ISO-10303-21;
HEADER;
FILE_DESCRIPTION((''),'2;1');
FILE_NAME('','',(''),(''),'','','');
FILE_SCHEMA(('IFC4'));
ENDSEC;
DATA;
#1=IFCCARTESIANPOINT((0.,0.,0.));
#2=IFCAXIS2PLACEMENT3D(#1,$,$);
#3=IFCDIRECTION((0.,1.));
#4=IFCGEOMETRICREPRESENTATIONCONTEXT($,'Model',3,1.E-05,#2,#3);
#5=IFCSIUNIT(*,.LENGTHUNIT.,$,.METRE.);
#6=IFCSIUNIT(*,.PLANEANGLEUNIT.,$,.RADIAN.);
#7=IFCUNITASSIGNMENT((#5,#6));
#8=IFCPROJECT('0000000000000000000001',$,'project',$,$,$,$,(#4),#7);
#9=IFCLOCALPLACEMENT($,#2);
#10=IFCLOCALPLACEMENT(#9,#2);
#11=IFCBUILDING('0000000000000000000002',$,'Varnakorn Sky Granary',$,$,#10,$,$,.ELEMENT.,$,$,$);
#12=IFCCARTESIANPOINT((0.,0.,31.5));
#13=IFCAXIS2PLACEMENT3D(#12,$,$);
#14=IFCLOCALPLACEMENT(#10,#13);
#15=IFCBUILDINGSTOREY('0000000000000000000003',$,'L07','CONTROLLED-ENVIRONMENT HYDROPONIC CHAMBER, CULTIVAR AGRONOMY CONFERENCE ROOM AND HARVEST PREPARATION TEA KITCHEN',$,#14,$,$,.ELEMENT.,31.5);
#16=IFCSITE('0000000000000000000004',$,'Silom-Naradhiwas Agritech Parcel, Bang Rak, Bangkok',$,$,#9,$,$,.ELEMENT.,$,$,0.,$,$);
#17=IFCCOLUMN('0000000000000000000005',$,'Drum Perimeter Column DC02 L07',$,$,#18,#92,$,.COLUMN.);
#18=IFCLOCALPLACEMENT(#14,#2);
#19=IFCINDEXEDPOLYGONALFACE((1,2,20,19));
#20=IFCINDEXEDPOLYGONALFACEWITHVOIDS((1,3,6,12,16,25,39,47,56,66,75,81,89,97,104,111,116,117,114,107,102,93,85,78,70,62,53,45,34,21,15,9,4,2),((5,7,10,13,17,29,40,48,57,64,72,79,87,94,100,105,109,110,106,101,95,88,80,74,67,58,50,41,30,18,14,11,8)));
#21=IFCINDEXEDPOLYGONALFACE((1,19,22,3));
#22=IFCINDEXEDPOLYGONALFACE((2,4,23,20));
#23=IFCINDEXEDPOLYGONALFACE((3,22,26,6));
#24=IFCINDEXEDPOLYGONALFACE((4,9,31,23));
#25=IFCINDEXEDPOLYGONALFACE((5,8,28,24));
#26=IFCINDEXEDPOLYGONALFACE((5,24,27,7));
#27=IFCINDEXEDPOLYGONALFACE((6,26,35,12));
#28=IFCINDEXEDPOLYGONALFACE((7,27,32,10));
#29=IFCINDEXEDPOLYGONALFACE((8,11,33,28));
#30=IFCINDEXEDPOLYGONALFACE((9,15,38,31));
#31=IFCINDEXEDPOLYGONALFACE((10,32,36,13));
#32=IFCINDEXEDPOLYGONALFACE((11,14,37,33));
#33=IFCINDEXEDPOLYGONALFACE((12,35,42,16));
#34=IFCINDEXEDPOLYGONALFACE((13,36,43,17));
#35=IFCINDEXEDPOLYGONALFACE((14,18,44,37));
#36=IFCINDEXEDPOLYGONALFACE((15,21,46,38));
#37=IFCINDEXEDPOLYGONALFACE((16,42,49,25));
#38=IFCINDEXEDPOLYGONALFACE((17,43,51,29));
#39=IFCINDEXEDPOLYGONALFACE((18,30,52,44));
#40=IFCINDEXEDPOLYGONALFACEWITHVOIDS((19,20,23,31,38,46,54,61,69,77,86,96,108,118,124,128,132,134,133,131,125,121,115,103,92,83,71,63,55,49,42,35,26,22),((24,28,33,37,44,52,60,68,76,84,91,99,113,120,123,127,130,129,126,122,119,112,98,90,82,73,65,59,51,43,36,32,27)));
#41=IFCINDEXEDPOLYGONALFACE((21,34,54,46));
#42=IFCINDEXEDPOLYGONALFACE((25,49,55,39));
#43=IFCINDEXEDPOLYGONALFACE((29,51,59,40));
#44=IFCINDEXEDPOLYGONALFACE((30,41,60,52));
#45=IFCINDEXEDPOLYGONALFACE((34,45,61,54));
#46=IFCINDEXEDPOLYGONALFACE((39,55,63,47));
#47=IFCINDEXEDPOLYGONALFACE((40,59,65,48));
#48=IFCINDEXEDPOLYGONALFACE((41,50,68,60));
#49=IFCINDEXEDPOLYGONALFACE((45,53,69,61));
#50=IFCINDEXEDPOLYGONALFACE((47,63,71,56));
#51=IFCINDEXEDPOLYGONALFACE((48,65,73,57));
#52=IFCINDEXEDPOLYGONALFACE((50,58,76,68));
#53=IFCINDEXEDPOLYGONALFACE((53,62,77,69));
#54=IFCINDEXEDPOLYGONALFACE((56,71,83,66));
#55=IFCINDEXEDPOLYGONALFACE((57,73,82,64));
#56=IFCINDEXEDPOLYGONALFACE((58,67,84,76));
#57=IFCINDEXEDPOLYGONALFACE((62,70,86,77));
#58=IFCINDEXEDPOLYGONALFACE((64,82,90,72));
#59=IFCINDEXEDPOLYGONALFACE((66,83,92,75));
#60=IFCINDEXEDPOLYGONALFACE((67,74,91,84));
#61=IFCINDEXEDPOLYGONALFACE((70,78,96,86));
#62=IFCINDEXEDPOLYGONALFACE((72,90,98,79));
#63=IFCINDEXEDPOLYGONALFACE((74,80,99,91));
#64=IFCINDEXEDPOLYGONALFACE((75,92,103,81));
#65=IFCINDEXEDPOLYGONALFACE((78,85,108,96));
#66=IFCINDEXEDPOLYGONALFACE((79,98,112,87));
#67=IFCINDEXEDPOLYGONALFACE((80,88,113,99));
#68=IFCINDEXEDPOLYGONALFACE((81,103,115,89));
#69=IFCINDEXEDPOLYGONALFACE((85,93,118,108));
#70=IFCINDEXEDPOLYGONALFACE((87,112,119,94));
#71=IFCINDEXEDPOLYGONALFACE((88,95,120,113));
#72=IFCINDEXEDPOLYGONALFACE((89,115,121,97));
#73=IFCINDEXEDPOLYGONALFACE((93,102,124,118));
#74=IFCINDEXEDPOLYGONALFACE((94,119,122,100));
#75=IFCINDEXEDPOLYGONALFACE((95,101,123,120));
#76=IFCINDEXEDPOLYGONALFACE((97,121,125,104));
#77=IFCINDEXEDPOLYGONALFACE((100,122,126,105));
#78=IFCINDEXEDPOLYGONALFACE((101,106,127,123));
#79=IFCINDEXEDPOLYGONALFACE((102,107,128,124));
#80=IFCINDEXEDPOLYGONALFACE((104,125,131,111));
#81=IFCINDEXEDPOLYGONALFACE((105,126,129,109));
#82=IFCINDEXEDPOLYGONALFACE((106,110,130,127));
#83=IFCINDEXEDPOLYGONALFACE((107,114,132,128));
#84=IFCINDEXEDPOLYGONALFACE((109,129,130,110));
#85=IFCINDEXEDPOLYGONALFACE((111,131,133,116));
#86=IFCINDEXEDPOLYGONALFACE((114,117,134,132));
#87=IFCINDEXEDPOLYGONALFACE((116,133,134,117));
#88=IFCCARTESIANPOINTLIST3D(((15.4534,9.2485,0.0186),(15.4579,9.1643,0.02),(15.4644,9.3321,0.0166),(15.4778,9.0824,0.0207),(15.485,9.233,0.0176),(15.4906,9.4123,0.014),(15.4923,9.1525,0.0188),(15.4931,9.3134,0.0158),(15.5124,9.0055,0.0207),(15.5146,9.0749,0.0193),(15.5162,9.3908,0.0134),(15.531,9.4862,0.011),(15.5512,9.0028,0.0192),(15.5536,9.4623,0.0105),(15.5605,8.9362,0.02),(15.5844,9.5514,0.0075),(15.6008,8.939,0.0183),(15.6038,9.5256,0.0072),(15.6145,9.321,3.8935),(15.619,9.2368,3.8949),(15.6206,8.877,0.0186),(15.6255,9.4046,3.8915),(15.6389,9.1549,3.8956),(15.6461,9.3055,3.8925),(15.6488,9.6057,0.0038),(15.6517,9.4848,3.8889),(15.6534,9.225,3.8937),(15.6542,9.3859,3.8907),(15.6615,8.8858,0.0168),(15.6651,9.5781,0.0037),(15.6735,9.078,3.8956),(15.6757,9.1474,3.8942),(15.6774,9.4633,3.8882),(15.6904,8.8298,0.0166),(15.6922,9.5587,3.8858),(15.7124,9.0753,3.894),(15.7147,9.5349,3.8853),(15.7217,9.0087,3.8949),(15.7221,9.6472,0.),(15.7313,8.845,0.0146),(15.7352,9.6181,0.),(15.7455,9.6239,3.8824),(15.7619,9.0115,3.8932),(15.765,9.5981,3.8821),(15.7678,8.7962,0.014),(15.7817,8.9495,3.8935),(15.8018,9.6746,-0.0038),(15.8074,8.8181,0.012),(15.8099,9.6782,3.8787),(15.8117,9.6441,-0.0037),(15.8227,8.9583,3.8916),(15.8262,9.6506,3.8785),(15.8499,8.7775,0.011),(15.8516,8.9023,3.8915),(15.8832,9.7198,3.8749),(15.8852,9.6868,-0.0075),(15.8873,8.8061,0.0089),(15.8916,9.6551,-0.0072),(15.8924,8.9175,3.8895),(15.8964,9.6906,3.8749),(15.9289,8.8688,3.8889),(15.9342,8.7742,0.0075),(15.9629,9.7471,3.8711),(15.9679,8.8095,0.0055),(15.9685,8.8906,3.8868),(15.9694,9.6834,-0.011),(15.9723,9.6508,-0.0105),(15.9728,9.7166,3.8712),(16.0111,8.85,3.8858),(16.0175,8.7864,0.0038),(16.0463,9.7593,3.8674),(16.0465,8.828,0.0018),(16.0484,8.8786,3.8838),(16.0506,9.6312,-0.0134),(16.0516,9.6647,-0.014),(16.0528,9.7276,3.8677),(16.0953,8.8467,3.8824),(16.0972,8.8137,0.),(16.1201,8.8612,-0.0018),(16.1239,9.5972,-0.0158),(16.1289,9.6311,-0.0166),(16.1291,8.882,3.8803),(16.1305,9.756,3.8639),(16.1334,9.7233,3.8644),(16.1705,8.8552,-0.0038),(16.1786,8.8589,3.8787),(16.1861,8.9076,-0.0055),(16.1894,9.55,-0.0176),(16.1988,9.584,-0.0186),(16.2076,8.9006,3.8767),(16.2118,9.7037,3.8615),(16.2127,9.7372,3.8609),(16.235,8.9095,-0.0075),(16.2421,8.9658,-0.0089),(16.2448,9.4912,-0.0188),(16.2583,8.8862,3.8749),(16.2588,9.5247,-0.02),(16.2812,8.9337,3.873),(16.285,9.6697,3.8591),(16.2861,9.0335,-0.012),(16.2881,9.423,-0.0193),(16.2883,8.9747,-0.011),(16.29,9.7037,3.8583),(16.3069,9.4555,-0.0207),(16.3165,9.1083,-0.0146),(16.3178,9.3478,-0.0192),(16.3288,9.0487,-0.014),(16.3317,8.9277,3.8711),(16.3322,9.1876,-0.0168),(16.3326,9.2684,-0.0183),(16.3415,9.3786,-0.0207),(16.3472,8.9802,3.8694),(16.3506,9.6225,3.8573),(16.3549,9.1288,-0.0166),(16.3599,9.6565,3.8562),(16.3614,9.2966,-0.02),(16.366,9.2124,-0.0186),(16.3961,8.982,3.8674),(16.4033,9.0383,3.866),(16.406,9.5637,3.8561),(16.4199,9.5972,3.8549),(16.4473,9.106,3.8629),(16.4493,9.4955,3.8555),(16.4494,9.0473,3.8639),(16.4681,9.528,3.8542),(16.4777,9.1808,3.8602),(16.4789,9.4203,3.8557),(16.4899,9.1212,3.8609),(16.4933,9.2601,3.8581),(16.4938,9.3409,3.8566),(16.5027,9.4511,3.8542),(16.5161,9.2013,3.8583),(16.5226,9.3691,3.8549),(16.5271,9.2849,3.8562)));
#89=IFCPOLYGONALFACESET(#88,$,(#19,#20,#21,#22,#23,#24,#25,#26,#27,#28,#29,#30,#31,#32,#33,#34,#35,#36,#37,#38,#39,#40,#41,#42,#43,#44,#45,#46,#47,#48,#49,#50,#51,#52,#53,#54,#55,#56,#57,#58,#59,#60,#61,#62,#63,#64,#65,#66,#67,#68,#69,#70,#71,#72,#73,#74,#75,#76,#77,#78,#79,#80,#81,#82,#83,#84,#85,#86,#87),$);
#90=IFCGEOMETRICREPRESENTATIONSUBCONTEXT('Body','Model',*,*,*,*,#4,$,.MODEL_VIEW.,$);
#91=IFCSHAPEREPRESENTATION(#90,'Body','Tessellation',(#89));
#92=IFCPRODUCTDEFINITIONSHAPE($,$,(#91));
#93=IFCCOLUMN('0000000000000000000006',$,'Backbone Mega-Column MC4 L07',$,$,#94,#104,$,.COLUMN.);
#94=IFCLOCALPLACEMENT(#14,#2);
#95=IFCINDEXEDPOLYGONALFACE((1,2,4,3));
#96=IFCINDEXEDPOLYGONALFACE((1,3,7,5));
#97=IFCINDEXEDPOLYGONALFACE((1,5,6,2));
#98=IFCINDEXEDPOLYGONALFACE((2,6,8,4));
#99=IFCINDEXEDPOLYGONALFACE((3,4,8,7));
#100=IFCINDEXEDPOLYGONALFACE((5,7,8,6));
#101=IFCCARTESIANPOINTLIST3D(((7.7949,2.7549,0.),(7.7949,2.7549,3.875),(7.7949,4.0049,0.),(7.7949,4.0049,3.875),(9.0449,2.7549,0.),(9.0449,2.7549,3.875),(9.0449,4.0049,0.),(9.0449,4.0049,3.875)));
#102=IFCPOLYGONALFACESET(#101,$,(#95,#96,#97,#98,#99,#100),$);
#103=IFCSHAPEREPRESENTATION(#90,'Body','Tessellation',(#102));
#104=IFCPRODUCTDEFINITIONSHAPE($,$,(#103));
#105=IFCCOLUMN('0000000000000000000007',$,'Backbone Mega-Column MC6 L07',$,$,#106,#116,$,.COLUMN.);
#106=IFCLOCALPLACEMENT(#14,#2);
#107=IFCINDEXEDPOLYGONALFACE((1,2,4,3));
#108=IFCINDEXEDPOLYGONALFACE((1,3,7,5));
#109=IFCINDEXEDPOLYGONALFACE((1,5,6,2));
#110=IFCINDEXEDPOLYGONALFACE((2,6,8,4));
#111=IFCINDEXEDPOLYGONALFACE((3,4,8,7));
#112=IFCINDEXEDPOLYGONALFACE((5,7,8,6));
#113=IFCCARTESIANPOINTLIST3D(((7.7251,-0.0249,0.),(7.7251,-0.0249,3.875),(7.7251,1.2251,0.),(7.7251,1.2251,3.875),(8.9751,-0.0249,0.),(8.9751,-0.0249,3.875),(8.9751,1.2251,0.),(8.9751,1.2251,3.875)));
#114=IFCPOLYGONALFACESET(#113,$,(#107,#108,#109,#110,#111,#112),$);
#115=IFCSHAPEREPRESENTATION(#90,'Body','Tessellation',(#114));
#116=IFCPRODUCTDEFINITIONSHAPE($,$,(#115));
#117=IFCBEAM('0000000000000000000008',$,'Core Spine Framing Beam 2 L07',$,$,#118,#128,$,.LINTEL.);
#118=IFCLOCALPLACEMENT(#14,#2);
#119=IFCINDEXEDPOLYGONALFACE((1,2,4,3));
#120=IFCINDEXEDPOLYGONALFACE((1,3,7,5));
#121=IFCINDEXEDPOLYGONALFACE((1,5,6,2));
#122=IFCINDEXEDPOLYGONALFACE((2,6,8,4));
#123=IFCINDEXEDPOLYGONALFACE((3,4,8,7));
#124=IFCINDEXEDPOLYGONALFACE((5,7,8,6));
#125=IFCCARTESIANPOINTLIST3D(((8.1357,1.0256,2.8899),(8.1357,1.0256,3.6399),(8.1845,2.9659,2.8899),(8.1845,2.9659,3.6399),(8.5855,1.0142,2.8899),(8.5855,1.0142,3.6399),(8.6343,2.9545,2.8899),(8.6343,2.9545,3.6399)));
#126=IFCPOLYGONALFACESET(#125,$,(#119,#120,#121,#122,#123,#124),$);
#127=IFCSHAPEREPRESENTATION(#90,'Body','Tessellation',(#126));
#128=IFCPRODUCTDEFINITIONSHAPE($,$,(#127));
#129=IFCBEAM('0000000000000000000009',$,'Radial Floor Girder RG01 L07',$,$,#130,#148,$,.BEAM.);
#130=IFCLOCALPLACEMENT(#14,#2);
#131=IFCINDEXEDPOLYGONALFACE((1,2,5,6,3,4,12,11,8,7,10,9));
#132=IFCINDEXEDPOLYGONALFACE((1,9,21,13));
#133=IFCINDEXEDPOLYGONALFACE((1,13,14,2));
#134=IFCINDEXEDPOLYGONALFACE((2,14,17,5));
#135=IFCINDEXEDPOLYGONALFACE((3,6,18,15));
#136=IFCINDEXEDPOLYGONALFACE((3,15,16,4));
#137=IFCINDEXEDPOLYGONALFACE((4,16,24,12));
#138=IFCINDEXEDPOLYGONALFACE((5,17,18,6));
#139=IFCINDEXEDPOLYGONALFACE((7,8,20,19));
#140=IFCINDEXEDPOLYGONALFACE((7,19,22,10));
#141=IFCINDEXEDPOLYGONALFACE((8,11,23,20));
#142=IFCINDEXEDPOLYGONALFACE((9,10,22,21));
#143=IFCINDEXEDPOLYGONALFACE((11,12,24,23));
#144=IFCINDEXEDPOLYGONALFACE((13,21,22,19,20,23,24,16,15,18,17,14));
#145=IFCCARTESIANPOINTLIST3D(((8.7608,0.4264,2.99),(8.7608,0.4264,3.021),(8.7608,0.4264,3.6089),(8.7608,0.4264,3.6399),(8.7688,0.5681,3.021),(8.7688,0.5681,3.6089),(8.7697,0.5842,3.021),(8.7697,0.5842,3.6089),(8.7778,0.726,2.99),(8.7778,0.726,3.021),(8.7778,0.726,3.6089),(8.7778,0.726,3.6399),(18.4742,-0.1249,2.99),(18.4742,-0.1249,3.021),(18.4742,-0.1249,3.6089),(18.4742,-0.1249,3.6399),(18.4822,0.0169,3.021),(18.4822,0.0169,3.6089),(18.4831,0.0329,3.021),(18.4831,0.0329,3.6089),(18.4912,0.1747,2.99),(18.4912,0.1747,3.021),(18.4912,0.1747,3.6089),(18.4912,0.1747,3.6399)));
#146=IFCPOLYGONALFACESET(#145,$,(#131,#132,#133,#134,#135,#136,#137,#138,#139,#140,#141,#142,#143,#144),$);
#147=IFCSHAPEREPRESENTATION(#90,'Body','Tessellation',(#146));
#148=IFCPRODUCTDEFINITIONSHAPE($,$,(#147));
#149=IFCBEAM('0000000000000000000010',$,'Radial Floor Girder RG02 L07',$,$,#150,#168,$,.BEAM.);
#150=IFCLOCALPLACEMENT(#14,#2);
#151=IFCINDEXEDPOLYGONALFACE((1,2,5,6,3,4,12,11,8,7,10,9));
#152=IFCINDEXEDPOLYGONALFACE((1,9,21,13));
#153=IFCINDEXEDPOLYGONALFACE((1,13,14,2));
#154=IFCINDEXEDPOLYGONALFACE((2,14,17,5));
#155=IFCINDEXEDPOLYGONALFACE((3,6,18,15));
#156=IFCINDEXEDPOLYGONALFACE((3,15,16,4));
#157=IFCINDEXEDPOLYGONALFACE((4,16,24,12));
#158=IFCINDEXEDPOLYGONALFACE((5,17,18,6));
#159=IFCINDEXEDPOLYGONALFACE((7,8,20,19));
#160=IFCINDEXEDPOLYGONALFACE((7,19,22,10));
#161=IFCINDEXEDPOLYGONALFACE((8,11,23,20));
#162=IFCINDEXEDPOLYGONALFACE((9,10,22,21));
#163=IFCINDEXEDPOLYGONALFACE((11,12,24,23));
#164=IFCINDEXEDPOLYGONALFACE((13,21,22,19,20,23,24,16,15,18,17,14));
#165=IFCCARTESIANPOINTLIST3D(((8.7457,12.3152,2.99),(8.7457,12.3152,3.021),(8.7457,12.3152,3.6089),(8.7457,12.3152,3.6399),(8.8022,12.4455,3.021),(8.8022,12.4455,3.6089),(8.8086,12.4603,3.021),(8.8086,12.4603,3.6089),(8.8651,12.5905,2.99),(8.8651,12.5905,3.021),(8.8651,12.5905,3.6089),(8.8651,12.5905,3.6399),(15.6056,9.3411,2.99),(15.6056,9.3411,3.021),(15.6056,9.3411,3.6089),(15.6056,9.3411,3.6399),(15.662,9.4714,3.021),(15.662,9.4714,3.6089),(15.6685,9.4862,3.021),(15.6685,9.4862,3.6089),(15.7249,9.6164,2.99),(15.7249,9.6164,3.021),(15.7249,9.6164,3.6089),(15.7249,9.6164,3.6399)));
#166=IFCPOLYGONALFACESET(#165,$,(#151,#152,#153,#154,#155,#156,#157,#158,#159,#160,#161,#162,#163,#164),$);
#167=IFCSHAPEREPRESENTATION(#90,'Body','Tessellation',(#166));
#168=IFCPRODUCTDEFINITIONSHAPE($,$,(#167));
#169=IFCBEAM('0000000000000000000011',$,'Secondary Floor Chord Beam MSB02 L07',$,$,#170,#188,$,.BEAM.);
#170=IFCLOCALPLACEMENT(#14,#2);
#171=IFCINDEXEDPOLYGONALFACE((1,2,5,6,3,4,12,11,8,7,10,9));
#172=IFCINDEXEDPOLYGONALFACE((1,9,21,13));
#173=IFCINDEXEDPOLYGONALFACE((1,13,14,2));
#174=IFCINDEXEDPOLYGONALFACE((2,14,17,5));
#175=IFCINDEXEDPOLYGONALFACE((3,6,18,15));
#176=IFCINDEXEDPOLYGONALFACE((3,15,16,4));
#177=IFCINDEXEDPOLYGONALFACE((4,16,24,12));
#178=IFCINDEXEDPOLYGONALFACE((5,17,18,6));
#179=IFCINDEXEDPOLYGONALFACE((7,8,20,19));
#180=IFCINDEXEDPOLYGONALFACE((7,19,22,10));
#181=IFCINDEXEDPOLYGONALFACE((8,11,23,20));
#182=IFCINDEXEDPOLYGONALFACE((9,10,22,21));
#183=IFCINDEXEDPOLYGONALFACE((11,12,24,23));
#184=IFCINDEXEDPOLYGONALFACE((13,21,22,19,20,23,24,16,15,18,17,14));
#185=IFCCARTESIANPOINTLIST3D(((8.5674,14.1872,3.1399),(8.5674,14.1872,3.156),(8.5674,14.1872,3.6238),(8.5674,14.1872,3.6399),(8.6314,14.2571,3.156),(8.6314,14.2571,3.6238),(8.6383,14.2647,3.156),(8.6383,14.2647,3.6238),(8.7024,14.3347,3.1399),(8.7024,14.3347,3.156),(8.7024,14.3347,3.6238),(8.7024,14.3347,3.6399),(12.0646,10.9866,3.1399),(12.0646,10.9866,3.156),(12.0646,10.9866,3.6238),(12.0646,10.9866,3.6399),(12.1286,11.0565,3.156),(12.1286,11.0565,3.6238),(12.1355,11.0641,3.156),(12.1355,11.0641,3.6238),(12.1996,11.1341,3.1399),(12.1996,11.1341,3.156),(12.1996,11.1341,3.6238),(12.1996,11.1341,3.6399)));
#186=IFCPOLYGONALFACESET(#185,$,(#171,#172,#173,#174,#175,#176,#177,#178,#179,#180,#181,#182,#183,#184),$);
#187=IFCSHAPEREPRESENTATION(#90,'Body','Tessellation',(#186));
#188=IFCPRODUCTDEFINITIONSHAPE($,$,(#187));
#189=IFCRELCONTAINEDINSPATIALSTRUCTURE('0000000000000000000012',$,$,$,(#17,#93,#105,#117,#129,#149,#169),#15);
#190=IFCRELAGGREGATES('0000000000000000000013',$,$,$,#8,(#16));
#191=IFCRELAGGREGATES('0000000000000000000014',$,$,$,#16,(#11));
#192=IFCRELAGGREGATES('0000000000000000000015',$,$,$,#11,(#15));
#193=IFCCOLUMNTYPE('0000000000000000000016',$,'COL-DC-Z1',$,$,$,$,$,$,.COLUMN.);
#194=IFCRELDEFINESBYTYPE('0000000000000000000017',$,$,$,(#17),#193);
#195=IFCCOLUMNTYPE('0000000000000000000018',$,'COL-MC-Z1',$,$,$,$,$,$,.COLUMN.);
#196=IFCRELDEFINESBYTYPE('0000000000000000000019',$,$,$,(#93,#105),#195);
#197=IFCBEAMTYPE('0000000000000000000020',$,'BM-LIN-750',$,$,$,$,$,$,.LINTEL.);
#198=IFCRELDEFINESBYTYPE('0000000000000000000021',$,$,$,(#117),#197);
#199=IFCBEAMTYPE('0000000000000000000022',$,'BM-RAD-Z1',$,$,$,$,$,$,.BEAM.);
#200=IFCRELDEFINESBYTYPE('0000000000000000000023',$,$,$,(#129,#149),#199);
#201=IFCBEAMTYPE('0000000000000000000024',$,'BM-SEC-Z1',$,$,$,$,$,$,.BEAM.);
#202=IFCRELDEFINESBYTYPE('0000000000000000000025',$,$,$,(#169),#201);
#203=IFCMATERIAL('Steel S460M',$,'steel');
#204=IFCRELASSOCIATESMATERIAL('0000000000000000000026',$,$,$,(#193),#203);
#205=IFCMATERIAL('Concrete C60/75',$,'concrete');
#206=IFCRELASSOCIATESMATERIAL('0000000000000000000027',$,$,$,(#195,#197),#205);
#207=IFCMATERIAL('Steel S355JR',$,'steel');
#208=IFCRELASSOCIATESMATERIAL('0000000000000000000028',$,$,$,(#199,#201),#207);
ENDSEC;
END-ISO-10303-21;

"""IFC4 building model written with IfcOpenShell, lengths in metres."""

from ifc_helpers import new_model, si_unit, direction, frame, origin, origin_2d, place, context, subcontext, project, spatial, rectangle, hollow_circle, i_section, extrude, material, material_profile, profile_set, type_object, element, save


model = new_model("IFC4")

# Units and contexts
model_context = context("Model", 3, precision=1e-05, world=origin(), true_north=direction((0.0, 1.0)))
body_context = subcontext(model_context, "Body", "Model", "MODEL_VIEW")
ifc_project = project(units=[si_unit("LENGTHUNIT", "METRE"), si_unit("PLANEANGLEUNIT", "RADIAN")], contexts=[model_context])

# Site, building, storey
site_placement = place(None, origin())
site = spatial("IfcSite", under=ifc_project, at=site_placement, Name="Silom-Naradhiwas Agritech Parcel, Bang Rak, Bangkok", CompositionType="ELEMENT", RefElevation=0.0)
building_placement = place(site_placement, origin())
building = spatial("IfcBuilding", under=site, at=building_placement, Name="Varnakorn Sky Granary", CompositionType="ELEMENT")
storey_placement = place(building_placement, frame((0.0, 0.0, 31.5)))
storey = spatial("IfcBuildingStorey", under=building, at=storey_placement, Name="L07", Description="CONTROLLED-ENVIRONMENT HYDROPONIC CHAMBER, CULTIVAR AGRONOMY CONFERENCE ROOM AND HARVEST PREPARATION TEA KITCHEN", CompositionType="ELEMENT", Elevation=31.5)

# Columns
ifc_material_1 = material(Name="Steel S460M", Category="steel")
ifc_material_profile_1 = material_profile(ifc_material_1, hollow_circle(Radius=0.457, WallThickness=0.032, at=origin_2d()), Name="CHS 914x32")
ifc_profile_set_1 = profile_set([ifc_material_profile_1], Name="Steel S460M")
column_type_1 = type_object("IfcColumnType", Name="COL-DC-Z1", PredefinedType="COLUMN", material=ifc_profile_set_1)
column_placement = place(storey_placement, frame((15.9097, 9.2305, 0.0), z_axis=(0.041539, 0.018693, 0.998962), x_axis=(-0.410365, 0.911922, 0.0)))
element("IfcColumn", 1, at=column_placement, inside=storey, type_object=column_type_1, Name="Drum Perimeter Column DC02 L07", PredefinedType="COLUMN", context=body_context, shape_type="SweptSolid", body=[
    extrude(hollow_circle(Radius=0.457, WallThickness=0.032, at=origin_2d()), origin(), (0.0, 0.0, 1.0), 3.8789),
])
ifc_material_2 = material(Name="Concrete C60/75", Category="concrete")
ifc_material_profile_2 = material_profile(ifc_material_2, rectangle(XDim=1.25, YDim=1.25, at=origin_2d()), Name="RC 1250x1250")
ifc_profile_set_2 = profile_set([ifc_material_profile_2], Name="Concrete C60/75")
column_type_2 = type_object("IfcColumnType", Name="COL-MC-Z1", PredefinedType="COLUMN", material=ifc_profile_set_2)
for number, where, z_axis, x_axis, name in (
    (2, (8.4199, 3.3799, 0.0), (0.0, 0.0, 1.0), (1.0, 0.0, 0.0), "Backbone Mega-Column MC4 L07"),
    (3, (8.3501, 0.6001, 0.0), (0.0, 0.0, 1.0), (1.0, 0.0, 0.0), "Backbone Mega-Column MC6 L07"),
):
    element("IfcColumn", number, at=place(storey_placement, frame(where, z_axis=z_axis, x_axis=x_axis)), inside=storey, type_object=column_type_2, Name=name, PredefinedType="COLUMN", context=body_context, shape_type="SweptSolid", body=[
        extrude(rectangle(XDim=1.25, YDim=1.25, at=origin_2d()), origin(), (0.0, 0.0, 1.0), 3.875),
    ])

# Beams
ifc_material_profile_3 = material_profile(ifc_material_2, rectangle(XDim=0.45, YDim=0.75, at=origin_2d()), Name="RC 450x750")
ifc_profile_set_3 = profile_set([ifc_material_profile_3], Name="Concrete C60/75")
beam_type_1 = type_object("IfcBeamType", Name="BM-LIN-750", PredefinedType="LINTEL", material=ifc_profile_set_3)
beam_1_placement = place(storey_placement, frame((8.4094, 2.9602, 3.2649), z_axis=(-0.025159, -0.999683, 0.0), x_axis=(0.999683, -0.025159, 0.0)))
element("IfcBeam", 4, at=beam_1_placement, inside=storey, type_object=beam_type_1, Name="Core Spine Framing Beam 2 L07", PredefinedType="LINTEL", context=body_context, shape_type="SweptSolid", body=[
    extrude(rectangle(XDim=0.45, YDim=0.75, at=origin_2d()), origin(), (0.0, 0.0, 1.0), 1.9409),
])
ifc_material_3 = material(Name="Steel S355JR", Category="steel")
ifc_material_profile_4 = material_profile(ifc_material_3, i_section(OverallWidth=0.3, OverallDepth=0.6499, WebThickness=0.0161, FlangeThickness=0.031, at=origin_2d()), Name="HE 650 B")
ifc_profile_set_4 = profile_set([ifc_material_profile_4], Name="Steel S355JR")
beam_type_2 = type_object("IfcBeamType", Name="BM-RAD-Z1", PredefinedType="BEAM", material=ifc_profile_set_4)
beam_2_placement = place(storey_placement, frame((8.7693, 0.5762, 3.3149), z_axis=(0.998393, -0.056662, 0.0), x_axis=(0.056662, 0.998393, 0.0)))
element("IfcBeam", 5, at=beam_2_placement, inside=storey, type_object=beam_type_2, Name="Radial Floor Girder RG01 L07", PredefinedType="BEAM", context=body_context, shape_type="SweptSolid", body=[
    extrude(i_section(OverallWidth=0.3, OverallDepth=0.6499, WebThickness=0.0161, FlangeThickness=0.031, at=origin_2d()), origin(), (0.0, 0.0, 1.0), 9.729),
])
beam_3_placement = place(storey_placement, frame((8.8054, 12.4529, 3.3149), z_axis=(0.917482, -0.397778, 0.0), x_axis=(0.397778, 0.917482, 0.0)))
element("IfcBeam", 6, at=beam_3_placement, inside=storey, type_object=beam_type_2, Name="Radial Floor Girder RG02 L07", PredefinedType="BEAM", context=body_context, shape_type="SweptSolid", body=[
    extrude(i_section(OverallWidth=0.3, OverallDepth=0.6499, WebThickness=0.0161, FlangeThickness=0.031, at=origin_2d()), origin(), (0.0, 0.0, 1.0), 7.4768),
])
ifc_material_profile_5 = material_profile(ifc_material_3, i_section(OverallWidth=0.2, OverallDepth=0.5, WebThickness=0.0103, FlangeThickness=0.0161, at=origin_2d()), Name="IPE 500")
ifc_profile_set_5 = profile_set([ifc_material_profile_5], Name="Steel S355JR")
beam_type_3 = type_object("IfcBeamType", Name="BM-SEC-Z1", PredefinedType="BEAM", material=ifc_profile_set_5)
beam_4_placement = place(storey_placement, frame((12.1321, 11.0603, 3.3899), z_axis=(-0.737699, 0.67513, 0.0), x_axis=(-0.67513, -0.737699, 0.0)))
element("IfcBeam", 7, at=beam_4_placement, inside=storey, type_object=beam_type_3, Name="Secondary Floor Chord Beam MSB02 L07", PredefinedType="BEAM", context=body_context, shape_type="SweptSolid", body=[
    extrude(i_section(OverallWidth=0.2, OverallDepth=0.5, WebThickness=0.0103, FlangeThickness=0.0161, at=origin_2d()), origin(), (0.0, 0.0, 1.0), 4.7407),
])

save(model, "model.ifc")
